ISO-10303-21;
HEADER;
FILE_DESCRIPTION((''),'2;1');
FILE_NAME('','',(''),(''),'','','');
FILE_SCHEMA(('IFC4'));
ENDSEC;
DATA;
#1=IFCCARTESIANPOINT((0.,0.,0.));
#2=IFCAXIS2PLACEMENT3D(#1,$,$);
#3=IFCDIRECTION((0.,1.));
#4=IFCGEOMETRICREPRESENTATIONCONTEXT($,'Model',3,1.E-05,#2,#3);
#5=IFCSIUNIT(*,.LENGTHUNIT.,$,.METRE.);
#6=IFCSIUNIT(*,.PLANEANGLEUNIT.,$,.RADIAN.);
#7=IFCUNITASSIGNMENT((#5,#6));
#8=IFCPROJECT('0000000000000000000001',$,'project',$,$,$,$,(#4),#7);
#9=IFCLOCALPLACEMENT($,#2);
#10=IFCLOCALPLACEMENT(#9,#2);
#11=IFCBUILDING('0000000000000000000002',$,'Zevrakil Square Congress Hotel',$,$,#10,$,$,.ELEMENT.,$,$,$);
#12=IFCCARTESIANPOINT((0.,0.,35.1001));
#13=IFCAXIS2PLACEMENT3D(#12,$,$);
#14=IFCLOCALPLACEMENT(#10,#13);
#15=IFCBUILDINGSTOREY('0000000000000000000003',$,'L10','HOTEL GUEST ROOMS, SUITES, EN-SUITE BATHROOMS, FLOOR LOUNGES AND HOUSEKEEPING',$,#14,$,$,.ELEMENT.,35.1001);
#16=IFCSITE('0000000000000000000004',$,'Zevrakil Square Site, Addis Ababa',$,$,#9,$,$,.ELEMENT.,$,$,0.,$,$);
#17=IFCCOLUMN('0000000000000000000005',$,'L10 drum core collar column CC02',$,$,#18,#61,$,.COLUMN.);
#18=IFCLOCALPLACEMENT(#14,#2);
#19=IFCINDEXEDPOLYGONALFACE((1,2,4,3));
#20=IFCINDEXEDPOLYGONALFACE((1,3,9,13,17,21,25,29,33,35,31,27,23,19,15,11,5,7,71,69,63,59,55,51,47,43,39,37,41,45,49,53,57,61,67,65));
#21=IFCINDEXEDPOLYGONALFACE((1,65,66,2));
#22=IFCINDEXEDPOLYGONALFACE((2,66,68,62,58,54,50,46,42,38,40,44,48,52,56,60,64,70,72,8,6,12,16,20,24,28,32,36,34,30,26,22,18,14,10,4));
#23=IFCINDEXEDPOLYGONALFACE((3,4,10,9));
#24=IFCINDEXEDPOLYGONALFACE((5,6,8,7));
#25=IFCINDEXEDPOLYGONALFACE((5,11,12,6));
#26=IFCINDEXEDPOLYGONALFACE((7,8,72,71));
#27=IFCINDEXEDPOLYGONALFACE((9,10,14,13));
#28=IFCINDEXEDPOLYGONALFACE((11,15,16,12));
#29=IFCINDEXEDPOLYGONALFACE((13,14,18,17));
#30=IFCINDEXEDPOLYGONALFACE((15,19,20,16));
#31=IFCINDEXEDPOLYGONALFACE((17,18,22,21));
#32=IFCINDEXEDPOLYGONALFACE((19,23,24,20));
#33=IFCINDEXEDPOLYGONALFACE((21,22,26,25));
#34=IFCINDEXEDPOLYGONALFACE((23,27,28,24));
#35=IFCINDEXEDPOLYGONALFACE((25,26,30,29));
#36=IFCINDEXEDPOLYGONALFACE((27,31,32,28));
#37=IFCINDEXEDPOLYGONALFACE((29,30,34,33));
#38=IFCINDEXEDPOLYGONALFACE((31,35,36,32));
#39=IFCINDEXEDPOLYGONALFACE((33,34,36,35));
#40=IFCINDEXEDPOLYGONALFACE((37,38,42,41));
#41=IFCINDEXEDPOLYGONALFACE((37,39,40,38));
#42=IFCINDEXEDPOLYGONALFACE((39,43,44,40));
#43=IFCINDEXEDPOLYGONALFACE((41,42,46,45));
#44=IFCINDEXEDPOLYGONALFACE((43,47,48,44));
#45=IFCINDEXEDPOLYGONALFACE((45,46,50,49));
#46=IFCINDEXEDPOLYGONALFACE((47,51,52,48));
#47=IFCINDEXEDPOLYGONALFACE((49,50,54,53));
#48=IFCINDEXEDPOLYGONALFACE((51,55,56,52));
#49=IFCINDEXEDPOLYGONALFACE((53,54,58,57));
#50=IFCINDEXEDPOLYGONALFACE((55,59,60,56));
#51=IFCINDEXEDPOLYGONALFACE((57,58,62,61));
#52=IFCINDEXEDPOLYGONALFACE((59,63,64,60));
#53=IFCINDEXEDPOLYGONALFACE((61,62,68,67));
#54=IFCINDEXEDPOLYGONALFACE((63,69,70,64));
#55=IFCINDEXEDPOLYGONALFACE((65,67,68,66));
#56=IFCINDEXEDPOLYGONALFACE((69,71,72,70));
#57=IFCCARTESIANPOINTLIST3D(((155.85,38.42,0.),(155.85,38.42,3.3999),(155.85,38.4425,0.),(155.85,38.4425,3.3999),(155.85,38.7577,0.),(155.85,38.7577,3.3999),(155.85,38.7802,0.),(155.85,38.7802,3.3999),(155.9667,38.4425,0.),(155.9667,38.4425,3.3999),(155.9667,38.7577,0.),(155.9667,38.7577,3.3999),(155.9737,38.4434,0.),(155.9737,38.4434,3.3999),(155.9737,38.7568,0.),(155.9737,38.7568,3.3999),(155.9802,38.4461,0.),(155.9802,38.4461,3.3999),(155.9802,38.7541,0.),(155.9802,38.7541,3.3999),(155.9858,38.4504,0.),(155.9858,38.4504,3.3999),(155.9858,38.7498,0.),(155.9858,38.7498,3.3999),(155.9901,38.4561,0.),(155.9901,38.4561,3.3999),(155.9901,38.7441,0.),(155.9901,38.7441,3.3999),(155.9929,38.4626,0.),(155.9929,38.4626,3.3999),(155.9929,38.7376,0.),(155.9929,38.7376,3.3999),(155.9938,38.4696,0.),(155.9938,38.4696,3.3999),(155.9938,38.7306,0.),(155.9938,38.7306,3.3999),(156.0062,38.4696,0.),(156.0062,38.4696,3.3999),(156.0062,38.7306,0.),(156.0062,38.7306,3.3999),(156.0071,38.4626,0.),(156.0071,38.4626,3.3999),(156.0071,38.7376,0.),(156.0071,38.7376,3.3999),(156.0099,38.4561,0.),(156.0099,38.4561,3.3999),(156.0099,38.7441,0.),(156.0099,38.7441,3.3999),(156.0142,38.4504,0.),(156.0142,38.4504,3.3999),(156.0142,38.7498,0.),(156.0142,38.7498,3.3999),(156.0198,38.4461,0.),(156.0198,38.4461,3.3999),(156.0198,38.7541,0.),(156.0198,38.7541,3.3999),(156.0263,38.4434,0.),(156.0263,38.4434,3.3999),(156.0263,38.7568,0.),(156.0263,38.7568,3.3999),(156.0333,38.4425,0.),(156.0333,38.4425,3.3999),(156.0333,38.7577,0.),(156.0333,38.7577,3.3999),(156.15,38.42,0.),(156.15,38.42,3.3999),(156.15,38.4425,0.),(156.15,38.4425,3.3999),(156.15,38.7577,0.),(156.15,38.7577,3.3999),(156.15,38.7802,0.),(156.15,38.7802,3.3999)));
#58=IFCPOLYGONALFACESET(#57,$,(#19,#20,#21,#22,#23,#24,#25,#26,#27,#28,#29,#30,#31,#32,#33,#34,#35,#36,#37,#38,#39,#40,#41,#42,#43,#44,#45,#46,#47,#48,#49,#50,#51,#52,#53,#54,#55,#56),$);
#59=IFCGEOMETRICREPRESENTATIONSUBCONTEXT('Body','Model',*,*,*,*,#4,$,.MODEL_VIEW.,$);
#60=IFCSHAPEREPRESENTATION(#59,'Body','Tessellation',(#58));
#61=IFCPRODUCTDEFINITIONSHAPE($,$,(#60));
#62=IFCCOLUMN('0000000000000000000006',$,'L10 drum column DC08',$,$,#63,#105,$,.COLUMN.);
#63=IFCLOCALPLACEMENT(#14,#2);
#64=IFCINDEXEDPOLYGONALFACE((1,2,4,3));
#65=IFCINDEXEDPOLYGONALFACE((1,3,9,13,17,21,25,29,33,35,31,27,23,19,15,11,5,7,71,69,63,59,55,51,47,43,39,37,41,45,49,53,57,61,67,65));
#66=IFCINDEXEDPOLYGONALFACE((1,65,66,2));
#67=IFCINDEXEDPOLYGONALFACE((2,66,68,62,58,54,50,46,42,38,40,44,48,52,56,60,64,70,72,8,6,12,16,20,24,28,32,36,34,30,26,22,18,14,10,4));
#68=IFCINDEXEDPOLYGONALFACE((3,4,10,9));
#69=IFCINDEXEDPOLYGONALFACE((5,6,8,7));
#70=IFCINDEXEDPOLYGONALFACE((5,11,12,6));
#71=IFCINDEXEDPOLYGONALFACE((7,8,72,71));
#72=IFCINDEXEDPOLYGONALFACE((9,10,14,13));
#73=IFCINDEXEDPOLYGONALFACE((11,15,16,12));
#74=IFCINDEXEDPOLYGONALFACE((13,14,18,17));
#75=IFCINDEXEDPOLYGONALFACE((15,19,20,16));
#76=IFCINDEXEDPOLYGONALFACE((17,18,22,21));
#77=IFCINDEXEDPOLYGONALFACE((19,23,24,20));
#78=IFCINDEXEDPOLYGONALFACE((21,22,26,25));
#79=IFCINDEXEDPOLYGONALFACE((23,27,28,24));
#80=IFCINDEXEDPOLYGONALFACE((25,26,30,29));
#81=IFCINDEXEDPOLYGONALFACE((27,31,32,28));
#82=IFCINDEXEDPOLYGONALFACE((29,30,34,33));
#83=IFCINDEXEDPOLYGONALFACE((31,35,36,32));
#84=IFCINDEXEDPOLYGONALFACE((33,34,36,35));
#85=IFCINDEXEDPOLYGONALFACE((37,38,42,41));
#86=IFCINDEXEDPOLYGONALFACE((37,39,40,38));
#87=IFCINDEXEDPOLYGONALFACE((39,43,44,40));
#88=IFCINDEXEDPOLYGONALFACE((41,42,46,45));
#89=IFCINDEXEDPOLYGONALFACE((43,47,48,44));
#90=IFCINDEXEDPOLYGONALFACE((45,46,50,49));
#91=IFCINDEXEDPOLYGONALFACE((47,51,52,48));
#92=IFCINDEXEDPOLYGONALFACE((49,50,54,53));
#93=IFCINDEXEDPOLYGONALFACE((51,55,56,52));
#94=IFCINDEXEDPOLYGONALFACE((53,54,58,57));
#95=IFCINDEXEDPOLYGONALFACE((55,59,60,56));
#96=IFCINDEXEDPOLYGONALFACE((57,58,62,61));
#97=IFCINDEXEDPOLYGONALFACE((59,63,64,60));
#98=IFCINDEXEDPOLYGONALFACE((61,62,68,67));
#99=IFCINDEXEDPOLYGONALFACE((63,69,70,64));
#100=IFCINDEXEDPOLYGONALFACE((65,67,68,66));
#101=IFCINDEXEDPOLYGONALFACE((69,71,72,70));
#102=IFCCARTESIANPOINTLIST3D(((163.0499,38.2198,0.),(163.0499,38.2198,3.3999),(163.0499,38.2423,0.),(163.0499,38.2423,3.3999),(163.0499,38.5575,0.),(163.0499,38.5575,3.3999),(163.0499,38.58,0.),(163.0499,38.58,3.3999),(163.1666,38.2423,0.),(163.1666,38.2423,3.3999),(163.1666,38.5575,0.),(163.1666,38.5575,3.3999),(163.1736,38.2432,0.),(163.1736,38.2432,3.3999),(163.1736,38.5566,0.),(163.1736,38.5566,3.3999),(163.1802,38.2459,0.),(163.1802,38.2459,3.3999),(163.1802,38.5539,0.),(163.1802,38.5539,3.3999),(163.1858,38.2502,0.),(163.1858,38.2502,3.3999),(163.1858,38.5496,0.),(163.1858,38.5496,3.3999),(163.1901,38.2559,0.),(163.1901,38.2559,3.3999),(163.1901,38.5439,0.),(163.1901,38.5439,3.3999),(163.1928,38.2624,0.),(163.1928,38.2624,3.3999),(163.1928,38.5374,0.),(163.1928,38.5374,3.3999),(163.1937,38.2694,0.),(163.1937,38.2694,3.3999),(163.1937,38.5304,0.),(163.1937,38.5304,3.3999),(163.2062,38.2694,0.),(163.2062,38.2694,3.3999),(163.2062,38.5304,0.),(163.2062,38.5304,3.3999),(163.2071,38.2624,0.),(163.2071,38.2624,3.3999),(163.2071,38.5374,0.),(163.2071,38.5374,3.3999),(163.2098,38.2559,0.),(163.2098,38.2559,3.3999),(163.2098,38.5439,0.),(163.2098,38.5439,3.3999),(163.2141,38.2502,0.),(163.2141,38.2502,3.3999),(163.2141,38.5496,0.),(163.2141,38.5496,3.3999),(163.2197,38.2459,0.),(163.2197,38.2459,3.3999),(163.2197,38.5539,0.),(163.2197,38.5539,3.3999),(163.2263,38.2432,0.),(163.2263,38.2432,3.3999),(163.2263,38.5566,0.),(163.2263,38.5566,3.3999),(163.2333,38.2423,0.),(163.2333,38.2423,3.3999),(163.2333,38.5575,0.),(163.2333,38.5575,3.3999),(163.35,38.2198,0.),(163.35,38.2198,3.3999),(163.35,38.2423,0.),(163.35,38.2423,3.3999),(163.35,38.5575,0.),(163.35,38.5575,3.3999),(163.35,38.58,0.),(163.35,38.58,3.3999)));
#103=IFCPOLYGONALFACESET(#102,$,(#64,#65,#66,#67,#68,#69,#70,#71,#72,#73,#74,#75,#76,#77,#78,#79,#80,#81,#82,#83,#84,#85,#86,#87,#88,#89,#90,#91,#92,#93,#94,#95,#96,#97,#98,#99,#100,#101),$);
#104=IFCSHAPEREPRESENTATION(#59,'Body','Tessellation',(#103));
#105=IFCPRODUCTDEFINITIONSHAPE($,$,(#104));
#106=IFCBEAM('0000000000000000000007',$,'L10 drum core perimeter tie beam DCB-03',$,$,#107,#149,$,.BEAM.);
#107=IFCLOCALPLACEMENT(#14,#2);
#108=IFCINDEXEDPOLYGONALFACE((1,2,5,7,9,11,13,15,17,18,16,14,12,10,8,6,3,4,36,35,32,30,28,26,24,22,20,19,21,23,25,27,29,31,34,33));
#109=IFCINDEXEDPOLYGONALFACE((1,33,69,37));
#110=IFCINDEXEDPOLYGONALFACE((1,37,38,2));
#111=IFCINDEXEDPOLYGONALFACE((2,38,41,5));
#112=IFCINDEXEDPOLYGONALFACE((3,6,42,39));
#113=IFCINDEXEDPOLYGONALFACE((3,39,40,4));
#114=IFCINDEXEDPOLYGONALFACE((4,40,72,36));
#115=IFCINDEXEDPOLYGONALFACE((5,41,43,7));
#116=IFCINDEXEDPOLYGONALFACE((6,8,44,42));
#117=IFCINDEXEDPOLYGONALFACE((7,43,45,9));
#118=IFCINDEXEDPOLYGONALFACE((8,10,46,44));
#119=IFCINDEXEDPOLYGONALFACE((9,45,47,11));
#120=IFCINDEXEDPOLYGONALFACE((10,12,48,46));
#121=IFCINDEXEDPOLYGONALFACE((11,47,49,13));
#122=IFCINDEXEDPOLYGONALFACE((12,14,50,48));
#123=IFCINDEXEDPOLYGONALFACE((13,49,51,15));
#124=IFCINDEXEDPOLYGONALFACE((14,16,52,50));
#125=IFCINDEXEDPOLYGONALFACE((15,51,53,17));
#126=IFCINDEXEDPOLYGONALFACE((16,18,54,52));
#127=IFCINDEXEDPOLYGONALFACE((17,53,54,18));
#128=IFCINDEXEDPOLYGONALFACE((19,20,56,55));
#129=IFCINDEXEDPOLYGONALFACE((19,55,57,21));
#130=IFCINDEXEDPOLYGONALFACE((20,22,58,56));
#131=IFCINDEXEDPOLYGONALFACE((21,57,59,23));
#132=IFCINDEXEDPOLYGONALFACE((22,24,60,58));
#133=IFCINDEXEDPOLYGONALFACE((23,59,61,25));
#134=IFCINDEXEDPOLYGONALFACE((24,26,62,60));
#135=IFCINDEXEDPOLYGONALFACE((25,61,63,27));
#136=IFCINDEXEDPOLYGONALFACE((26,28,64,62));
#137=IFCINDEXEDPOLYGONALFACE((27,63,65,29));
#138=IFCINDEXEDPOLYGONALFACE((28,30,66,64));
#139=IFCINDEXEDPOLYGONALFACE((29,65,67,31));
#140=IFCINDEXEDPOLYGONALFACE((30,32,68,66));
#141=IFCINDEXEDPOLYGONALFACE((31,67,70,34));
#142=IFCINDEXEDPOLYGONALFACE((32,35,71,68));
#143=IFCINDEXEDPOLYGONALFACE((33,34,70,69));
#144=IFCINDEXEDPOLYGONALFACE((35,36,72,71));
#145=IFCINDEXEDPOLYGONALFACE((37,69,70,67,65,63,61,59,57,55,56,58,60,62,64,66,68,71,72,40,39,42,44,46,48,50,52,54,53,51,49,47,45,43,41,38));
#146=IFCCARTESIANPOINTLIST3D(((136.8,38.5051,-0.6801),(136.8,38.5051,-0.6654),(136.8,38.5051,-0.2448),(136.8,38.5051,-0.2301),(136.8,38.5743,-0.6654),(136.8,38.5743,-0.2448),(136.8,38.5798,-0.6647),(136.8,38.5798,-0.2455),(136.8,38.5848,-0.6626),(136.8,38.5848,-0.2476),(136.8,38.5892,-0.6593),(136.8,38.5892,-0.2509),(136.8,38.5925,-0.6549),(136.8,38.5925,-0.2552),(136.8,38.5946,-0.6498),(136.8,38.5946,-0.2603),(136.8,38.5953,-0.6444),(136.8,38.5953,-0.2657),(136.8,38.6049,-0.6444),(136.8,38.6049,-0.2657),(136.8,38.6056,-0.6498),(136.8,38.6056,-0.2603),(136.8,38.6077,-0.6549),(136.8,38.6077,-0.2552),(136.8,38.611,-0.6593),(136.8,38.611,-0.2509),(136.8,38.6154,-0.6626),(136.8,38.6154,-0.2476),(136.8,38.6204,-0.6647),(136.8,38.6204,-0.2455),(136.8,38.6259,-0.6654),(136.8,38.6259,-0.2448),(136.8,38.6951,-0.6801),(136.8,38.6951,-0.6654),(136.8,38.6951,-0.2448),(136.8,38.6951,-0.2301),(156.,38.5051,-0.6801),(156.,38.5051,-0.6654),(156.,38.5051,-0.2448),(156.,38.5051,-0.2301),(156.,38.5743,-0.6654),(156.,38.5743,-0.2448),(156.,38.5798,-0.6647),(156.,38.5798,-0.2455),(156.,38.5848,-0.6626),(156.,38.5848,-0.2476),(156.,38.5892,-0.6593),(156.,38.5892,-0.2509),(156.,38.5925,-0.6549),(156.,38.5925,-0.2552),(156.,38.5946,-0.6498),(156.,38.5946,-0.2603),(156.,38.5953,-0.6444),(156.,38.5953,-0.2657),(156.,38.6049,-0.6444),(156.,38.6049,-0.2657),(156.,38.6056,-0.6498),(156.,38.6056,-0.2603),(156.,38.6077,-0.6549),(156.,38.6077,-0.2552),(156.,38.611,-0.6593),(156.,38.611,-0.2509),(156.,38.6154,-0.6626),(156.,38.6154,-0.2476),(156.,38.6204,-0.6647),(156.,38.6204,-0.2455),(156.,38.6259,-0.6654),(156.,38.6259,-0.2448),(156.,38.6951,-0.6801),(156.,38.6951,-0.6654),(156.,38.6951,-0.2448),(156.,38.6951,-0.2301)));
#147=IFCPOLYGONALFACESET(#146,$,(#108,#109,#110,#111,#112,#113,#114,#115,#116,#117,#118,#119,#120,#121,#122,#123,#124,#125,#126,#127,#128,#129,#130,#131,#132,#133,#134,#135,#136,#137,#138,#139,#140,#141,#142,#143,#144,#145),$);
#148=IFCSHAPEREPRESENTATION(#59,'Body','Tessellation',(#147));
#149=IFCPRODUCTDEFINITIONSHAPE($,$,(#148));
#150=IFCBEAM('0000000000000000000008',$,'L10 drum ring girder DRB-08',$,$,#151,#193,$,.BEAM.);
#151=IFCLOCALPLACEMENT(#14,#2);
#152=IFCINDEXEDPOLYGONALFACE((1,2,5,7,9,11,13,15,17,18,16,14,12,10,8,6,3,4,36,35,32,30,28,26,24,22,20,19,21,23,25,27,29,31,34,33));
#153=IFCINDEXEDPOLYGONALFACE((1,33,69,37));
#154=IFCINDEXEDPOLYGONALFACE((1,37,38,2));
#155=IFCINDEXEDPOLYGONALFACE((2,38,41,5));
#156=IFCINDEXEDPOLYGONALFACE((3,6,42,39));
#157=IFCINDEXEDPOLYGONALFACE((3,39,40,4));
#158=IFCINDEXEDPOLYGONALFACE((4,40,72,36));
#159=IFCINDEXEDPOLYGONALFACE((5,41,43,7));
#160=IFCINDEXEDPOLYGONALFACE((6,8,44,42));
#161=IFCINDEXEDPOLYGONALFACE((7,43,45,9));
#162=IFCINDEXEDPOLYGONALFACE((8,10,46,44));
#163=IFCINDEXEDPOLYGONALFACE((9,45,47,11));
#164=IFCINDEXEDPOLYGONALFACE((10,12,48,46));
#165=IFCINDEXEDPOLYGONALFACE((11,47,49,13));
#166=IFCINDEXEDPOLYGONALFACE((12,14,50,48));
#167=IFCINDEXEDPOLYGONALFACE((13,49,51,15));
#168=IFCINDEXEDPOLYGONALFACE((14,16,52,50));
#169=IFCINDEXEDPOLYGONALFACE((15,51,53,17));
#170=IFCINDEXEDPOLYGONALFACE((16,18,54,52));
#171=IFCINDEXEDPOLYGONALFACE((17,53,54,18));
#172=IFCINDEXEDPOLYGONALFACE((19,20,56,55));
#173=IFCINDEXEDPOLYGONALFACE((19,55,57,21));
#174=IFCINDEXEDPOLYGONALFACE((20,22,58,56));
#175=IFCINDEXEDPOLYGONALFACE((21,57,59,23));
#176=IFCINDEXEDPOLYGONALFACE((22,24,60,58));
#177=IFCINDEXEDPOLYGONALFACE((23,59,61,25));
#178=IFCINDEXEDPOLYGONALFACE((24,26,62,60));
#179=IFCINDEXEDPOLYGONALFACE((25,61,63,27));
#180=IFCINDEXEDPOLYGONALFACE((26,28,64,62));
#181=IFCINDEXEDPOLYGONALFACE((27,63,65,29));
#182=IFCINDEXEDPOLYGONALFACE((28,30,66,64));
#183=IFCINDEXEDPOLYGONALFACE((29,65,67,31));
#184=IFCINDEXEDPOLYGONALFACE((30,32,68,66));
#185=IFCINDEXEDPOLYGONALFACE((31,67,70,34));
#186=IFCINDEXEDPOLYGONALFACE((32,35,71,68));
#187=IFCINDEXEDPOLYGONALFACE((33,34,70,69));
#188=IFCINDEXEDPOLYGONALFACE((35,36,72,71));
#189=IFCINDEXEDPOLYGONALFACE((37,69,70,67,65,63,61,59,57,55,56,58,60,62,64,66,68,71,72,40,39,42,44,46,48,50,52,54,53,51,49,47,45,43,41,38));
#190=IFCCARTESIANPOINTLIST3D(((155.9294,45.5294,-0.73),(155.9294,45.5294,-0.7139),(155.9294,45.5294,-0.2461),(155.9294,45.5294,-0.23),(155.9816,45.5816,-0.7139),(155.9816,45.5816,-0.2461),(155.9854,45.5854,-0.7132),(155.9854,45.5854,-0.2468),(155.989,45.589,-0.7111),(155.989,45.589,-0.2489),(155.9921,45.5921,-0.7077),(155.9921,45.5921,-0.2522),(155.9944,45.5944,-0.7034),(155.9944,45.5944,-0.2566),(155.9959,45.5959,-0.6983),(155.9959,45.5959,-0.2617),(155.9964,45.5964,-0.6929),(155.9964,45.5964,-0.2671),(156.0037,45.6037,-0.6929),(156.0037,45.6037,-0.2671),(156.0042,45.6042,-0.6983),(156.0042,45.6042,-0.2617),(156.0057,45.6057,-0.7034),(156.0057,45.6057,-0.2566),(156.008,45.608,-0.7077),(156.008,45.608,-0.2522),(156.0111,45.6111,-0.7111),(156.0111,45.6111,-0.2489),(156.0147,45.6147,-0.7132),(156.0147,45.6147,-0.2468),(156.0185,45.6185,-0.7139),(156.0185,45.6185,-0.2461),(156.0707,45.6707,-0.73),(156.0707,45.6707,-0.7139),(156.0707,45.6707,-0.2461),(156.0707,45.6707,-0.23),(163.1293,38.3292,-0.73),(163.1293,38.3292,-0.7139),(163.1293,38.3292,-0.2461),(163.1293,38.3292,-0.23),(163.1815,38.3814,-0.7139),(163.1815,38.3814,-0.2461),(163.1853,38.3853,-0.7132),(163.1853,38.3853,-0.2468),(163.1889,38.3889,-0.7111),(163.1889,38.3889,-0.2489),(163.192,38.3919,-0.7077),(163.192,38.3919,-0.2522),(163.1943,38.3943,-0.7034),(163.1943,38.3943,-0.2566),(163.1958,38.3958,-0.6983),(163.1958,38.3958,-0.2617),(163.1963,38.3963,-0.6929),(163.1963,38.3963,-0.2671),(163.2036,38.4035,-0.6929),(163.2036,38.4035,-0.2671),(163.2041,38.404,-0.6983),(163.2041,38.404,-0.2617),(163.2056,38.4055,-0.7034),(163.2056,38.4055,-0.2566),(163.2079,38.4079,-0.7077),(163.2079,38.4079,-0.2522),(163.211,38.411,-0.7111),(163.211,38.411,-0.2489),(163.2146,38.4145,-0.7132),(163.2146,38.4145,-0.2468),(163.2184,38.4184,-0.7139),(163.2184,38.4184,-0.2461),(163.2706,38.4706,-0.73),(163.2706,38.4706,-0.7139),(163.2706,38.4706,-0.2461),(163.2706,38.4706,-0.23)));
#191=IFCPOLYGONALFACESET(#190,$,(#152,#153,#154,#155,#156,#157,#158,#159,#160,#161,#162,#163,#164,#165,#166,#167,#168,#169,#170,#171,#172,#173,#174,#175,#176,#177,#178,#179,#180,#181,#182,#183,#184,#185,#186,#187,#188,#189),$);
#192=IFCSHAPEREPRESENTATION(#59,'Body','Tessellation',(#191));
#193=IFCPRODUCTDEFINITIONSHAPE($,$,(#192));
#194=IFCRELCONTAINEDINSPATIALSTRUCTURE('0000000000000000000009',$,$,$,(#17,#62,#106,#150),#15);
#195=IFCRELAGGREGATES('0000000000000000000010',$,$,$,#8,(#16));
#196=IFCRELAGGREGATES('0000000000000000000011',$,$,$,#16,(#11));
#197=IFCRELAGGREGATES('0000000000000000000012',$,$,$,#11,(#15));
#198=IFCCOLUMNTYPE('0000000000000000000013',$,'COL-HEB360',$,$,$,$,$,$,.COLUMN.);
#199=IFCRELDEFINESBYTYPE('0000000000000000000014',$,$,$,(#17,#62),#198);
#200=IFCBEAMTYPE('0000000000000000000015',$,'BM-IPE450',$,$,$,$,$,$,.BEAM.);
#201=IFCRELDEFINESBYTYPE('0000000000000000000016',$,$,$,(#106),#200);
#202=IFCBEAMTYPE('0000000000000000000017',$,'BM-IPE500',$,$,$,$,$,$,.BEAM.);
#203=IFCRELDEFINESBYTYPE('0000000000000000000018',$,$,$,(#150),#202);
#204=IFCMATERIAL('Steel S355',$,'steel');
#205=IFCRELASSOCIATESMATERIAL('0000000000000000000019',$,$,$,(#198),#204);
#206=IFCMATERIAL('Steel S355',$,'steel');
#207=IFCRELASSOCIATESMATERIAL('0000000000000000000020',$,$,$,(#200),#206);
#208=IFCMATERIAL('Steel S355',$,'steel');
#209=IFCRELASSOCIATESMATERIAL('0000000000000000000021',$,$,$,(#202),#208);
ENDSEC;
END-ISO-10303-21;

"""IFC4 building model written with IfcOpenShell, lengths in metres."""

from ifc_helpers import new_model, si_unit, direction, frame, origin, origin_2d, place, context, subcontext, project, spatial, i_section, extrude, material, material_profile, profile_set, type_object, element, save


model = new_model("IFC4")

# Units and contexts
model_context = context("Model", 3, precision=1e-05, world=origin(), true_north=direction((0.0, 1.0)))
body_context = subcontext(model_context, "Body", "Model", "MODEL_VIEW")
ifc_project = project(units=[si_unit("LENGTHUNIT", "METRE"), si_unit("PLANEANGLEUNIT", "RADIAN")], contexts=[model_context])

# Site, building, storey
site_placement = place(None, origin())
site = spatial("IfcSite", under=ifc_project, at=site_placement, Name="Zevrakil Square Site, Addis Ababa", CompositionType="ELEMENT", RefElevation=0.0)
building_placement = place(site_placement, origin())
building = spatial("IfcBuilding", under=site, at=building_placement, Name="Zevrakil Square Congress Hotel", CompositionType="ELEMENT")
storey_placement = place(building_placement, frame((0.0, 0.0, 35.1001)))
storey = spatial("IfcBuildingStorey", under=building, at=storey_placement, Name="L10", Description="HOTEL GUEST ROOMS, SUITES, EN-SUITE BATHROOMS, FLOOR LOUNGES AND HOUSEKEEPING", CompositionType="ELEMENT", Elevation=35.1001)

# Columns
ifc_material_1 = material(Name="Steel S355", Category="steel")
ifc_material_profile_1 = material_profile(ifc_material_1, i_section(OverallWidth=0.3, OverallDepth=0.3601, WebThickness=0.0125, FlangeThickness=0.0225, FilletRadius=0.0271, at=origin_2d()), Name="HEB 360")
ifc_profile_set_1 = profile_set([ifc_material_profile_1], Name="Steel S355")
column_type = type_object("IfcColumnType", Name="COL-HEB360", PredefinedType="COLUMN", material=ifc_profile_set_1)
for number, where, z_axis, x_axis, name in (
    (1, (156.0, 38.6001, 0.0), (0.0, 0.0, 1.0), (1.0, 0.0, 0.0), "L10 drum core collar column CC02"),
    (2, (163.2, 38.3999, 0.0), (0.0, 0.0, 1.0), (1.0, 0.0, 0.0), "L10 drum column DC08"),
):
    element("IfcColumn", number, at=place(storey_placement, frame(where, z_axis=z_axis, x_axis=x_axis)), inside=storey, type_object=column_type, Name=name, PredefinedType="COLUMN", context=body_context, shape_type="SweptSolid", body=[
        extrude(i_section(OverallWidth=0.3, OverallDepth=0.3601, WebThickness=0.0125, FlangeThickness=0.0225, FilletRadius=0.0271, at=origin_2d()), origin(), (0.0, 0.0, 1.0), 3.3999),
    ])

# Beams
ifc_material_2 = material(Name="Steel S355", Category="steel")
ifc_material_profile_2 = material_profile(ifc_material_2, i_section(OverallWidth=0.1899, OverallDepth=0.45, WebThickness=0.0095, FlangeThickness=0.0146, FilletRadius=0.021, at=origin_2d()), Name="IPE 450")
ifc_profile_set_2 = profile_set([ifc_material_profile_2], Name="Steel S355")
beam_type_1 = type_object("IfcBeamType", Name="BM-IPE450", PredefinedType="BEAM", material=ifc_profile_set_2)
beam_1_placement = place(storey_placement, frame((156.0, 38.6001, -0.4551), z_axis=(-1.0, 0.0, 0.0), x_axis=(0.0, -1.0, 0.0)))
element("IfcBeam", 3, at=beam_1_placement, inside=storey, type_object=beam_type_1, Name="L10 drum core perimeter tie beam DCB-03", PredefinedType="BEAM", context=body_context, shape_type="SweptSolid", body=[
    extrude(i_section(OverallWidth=0.1899, OverallDepth=0.45, WebThickness=0.0095, FlangeThickness=0.0146, FilletRadius=0.021, at=origin_2d()), origin(), (0.0, 0.0, 1.0), 19.2),
])
ifc_material_3 = material(Name="Steel S355", Category="steel")
ifc_material_profile_3 = material_profile(ifc_material_3, i_section(OverallWidth=0.2, OverallDepth=0.5, WebThickness=0.0103, FlangeThickness=0.0161, FilletRadius=0.021, at=origin_2d()), Name="IPE 500")
ifc_profile_set_3 = profile_set([ifc_material_profile_3], Name="Steel S355")
beam_type_2 = type_object("IfcBeamType", Name="BM-IPE500", PredefinedType="BEAM", material=ifc_profile_set_3)
beam_2_placement = place(storey_placement, frame((163.2, 38.3999, -0.48), z_axis=(-0.707095, 0.707119, 0.0), x_axis=(-0.707119, -0.707095, 0.0)))
element("IfcBeam", 4, at=beam_2_placement, inside=storey, type_object=beam_type_2, Name="L10 drum ring girder DRB-08", PredefinedType="BEAM", context=body_context, shape_type="SweptSolid", body=[
    extrude(i_section(OverallWidth=0.2, OverallDepth=0.5, WebThickness=0.0103, FlangeThickness=0.0161, FilletRadius=0.021, at=origin_2d()), origin(), (0.0, 0.0, 1.0), 10.1824),
])

save(model, "model.ifc")
